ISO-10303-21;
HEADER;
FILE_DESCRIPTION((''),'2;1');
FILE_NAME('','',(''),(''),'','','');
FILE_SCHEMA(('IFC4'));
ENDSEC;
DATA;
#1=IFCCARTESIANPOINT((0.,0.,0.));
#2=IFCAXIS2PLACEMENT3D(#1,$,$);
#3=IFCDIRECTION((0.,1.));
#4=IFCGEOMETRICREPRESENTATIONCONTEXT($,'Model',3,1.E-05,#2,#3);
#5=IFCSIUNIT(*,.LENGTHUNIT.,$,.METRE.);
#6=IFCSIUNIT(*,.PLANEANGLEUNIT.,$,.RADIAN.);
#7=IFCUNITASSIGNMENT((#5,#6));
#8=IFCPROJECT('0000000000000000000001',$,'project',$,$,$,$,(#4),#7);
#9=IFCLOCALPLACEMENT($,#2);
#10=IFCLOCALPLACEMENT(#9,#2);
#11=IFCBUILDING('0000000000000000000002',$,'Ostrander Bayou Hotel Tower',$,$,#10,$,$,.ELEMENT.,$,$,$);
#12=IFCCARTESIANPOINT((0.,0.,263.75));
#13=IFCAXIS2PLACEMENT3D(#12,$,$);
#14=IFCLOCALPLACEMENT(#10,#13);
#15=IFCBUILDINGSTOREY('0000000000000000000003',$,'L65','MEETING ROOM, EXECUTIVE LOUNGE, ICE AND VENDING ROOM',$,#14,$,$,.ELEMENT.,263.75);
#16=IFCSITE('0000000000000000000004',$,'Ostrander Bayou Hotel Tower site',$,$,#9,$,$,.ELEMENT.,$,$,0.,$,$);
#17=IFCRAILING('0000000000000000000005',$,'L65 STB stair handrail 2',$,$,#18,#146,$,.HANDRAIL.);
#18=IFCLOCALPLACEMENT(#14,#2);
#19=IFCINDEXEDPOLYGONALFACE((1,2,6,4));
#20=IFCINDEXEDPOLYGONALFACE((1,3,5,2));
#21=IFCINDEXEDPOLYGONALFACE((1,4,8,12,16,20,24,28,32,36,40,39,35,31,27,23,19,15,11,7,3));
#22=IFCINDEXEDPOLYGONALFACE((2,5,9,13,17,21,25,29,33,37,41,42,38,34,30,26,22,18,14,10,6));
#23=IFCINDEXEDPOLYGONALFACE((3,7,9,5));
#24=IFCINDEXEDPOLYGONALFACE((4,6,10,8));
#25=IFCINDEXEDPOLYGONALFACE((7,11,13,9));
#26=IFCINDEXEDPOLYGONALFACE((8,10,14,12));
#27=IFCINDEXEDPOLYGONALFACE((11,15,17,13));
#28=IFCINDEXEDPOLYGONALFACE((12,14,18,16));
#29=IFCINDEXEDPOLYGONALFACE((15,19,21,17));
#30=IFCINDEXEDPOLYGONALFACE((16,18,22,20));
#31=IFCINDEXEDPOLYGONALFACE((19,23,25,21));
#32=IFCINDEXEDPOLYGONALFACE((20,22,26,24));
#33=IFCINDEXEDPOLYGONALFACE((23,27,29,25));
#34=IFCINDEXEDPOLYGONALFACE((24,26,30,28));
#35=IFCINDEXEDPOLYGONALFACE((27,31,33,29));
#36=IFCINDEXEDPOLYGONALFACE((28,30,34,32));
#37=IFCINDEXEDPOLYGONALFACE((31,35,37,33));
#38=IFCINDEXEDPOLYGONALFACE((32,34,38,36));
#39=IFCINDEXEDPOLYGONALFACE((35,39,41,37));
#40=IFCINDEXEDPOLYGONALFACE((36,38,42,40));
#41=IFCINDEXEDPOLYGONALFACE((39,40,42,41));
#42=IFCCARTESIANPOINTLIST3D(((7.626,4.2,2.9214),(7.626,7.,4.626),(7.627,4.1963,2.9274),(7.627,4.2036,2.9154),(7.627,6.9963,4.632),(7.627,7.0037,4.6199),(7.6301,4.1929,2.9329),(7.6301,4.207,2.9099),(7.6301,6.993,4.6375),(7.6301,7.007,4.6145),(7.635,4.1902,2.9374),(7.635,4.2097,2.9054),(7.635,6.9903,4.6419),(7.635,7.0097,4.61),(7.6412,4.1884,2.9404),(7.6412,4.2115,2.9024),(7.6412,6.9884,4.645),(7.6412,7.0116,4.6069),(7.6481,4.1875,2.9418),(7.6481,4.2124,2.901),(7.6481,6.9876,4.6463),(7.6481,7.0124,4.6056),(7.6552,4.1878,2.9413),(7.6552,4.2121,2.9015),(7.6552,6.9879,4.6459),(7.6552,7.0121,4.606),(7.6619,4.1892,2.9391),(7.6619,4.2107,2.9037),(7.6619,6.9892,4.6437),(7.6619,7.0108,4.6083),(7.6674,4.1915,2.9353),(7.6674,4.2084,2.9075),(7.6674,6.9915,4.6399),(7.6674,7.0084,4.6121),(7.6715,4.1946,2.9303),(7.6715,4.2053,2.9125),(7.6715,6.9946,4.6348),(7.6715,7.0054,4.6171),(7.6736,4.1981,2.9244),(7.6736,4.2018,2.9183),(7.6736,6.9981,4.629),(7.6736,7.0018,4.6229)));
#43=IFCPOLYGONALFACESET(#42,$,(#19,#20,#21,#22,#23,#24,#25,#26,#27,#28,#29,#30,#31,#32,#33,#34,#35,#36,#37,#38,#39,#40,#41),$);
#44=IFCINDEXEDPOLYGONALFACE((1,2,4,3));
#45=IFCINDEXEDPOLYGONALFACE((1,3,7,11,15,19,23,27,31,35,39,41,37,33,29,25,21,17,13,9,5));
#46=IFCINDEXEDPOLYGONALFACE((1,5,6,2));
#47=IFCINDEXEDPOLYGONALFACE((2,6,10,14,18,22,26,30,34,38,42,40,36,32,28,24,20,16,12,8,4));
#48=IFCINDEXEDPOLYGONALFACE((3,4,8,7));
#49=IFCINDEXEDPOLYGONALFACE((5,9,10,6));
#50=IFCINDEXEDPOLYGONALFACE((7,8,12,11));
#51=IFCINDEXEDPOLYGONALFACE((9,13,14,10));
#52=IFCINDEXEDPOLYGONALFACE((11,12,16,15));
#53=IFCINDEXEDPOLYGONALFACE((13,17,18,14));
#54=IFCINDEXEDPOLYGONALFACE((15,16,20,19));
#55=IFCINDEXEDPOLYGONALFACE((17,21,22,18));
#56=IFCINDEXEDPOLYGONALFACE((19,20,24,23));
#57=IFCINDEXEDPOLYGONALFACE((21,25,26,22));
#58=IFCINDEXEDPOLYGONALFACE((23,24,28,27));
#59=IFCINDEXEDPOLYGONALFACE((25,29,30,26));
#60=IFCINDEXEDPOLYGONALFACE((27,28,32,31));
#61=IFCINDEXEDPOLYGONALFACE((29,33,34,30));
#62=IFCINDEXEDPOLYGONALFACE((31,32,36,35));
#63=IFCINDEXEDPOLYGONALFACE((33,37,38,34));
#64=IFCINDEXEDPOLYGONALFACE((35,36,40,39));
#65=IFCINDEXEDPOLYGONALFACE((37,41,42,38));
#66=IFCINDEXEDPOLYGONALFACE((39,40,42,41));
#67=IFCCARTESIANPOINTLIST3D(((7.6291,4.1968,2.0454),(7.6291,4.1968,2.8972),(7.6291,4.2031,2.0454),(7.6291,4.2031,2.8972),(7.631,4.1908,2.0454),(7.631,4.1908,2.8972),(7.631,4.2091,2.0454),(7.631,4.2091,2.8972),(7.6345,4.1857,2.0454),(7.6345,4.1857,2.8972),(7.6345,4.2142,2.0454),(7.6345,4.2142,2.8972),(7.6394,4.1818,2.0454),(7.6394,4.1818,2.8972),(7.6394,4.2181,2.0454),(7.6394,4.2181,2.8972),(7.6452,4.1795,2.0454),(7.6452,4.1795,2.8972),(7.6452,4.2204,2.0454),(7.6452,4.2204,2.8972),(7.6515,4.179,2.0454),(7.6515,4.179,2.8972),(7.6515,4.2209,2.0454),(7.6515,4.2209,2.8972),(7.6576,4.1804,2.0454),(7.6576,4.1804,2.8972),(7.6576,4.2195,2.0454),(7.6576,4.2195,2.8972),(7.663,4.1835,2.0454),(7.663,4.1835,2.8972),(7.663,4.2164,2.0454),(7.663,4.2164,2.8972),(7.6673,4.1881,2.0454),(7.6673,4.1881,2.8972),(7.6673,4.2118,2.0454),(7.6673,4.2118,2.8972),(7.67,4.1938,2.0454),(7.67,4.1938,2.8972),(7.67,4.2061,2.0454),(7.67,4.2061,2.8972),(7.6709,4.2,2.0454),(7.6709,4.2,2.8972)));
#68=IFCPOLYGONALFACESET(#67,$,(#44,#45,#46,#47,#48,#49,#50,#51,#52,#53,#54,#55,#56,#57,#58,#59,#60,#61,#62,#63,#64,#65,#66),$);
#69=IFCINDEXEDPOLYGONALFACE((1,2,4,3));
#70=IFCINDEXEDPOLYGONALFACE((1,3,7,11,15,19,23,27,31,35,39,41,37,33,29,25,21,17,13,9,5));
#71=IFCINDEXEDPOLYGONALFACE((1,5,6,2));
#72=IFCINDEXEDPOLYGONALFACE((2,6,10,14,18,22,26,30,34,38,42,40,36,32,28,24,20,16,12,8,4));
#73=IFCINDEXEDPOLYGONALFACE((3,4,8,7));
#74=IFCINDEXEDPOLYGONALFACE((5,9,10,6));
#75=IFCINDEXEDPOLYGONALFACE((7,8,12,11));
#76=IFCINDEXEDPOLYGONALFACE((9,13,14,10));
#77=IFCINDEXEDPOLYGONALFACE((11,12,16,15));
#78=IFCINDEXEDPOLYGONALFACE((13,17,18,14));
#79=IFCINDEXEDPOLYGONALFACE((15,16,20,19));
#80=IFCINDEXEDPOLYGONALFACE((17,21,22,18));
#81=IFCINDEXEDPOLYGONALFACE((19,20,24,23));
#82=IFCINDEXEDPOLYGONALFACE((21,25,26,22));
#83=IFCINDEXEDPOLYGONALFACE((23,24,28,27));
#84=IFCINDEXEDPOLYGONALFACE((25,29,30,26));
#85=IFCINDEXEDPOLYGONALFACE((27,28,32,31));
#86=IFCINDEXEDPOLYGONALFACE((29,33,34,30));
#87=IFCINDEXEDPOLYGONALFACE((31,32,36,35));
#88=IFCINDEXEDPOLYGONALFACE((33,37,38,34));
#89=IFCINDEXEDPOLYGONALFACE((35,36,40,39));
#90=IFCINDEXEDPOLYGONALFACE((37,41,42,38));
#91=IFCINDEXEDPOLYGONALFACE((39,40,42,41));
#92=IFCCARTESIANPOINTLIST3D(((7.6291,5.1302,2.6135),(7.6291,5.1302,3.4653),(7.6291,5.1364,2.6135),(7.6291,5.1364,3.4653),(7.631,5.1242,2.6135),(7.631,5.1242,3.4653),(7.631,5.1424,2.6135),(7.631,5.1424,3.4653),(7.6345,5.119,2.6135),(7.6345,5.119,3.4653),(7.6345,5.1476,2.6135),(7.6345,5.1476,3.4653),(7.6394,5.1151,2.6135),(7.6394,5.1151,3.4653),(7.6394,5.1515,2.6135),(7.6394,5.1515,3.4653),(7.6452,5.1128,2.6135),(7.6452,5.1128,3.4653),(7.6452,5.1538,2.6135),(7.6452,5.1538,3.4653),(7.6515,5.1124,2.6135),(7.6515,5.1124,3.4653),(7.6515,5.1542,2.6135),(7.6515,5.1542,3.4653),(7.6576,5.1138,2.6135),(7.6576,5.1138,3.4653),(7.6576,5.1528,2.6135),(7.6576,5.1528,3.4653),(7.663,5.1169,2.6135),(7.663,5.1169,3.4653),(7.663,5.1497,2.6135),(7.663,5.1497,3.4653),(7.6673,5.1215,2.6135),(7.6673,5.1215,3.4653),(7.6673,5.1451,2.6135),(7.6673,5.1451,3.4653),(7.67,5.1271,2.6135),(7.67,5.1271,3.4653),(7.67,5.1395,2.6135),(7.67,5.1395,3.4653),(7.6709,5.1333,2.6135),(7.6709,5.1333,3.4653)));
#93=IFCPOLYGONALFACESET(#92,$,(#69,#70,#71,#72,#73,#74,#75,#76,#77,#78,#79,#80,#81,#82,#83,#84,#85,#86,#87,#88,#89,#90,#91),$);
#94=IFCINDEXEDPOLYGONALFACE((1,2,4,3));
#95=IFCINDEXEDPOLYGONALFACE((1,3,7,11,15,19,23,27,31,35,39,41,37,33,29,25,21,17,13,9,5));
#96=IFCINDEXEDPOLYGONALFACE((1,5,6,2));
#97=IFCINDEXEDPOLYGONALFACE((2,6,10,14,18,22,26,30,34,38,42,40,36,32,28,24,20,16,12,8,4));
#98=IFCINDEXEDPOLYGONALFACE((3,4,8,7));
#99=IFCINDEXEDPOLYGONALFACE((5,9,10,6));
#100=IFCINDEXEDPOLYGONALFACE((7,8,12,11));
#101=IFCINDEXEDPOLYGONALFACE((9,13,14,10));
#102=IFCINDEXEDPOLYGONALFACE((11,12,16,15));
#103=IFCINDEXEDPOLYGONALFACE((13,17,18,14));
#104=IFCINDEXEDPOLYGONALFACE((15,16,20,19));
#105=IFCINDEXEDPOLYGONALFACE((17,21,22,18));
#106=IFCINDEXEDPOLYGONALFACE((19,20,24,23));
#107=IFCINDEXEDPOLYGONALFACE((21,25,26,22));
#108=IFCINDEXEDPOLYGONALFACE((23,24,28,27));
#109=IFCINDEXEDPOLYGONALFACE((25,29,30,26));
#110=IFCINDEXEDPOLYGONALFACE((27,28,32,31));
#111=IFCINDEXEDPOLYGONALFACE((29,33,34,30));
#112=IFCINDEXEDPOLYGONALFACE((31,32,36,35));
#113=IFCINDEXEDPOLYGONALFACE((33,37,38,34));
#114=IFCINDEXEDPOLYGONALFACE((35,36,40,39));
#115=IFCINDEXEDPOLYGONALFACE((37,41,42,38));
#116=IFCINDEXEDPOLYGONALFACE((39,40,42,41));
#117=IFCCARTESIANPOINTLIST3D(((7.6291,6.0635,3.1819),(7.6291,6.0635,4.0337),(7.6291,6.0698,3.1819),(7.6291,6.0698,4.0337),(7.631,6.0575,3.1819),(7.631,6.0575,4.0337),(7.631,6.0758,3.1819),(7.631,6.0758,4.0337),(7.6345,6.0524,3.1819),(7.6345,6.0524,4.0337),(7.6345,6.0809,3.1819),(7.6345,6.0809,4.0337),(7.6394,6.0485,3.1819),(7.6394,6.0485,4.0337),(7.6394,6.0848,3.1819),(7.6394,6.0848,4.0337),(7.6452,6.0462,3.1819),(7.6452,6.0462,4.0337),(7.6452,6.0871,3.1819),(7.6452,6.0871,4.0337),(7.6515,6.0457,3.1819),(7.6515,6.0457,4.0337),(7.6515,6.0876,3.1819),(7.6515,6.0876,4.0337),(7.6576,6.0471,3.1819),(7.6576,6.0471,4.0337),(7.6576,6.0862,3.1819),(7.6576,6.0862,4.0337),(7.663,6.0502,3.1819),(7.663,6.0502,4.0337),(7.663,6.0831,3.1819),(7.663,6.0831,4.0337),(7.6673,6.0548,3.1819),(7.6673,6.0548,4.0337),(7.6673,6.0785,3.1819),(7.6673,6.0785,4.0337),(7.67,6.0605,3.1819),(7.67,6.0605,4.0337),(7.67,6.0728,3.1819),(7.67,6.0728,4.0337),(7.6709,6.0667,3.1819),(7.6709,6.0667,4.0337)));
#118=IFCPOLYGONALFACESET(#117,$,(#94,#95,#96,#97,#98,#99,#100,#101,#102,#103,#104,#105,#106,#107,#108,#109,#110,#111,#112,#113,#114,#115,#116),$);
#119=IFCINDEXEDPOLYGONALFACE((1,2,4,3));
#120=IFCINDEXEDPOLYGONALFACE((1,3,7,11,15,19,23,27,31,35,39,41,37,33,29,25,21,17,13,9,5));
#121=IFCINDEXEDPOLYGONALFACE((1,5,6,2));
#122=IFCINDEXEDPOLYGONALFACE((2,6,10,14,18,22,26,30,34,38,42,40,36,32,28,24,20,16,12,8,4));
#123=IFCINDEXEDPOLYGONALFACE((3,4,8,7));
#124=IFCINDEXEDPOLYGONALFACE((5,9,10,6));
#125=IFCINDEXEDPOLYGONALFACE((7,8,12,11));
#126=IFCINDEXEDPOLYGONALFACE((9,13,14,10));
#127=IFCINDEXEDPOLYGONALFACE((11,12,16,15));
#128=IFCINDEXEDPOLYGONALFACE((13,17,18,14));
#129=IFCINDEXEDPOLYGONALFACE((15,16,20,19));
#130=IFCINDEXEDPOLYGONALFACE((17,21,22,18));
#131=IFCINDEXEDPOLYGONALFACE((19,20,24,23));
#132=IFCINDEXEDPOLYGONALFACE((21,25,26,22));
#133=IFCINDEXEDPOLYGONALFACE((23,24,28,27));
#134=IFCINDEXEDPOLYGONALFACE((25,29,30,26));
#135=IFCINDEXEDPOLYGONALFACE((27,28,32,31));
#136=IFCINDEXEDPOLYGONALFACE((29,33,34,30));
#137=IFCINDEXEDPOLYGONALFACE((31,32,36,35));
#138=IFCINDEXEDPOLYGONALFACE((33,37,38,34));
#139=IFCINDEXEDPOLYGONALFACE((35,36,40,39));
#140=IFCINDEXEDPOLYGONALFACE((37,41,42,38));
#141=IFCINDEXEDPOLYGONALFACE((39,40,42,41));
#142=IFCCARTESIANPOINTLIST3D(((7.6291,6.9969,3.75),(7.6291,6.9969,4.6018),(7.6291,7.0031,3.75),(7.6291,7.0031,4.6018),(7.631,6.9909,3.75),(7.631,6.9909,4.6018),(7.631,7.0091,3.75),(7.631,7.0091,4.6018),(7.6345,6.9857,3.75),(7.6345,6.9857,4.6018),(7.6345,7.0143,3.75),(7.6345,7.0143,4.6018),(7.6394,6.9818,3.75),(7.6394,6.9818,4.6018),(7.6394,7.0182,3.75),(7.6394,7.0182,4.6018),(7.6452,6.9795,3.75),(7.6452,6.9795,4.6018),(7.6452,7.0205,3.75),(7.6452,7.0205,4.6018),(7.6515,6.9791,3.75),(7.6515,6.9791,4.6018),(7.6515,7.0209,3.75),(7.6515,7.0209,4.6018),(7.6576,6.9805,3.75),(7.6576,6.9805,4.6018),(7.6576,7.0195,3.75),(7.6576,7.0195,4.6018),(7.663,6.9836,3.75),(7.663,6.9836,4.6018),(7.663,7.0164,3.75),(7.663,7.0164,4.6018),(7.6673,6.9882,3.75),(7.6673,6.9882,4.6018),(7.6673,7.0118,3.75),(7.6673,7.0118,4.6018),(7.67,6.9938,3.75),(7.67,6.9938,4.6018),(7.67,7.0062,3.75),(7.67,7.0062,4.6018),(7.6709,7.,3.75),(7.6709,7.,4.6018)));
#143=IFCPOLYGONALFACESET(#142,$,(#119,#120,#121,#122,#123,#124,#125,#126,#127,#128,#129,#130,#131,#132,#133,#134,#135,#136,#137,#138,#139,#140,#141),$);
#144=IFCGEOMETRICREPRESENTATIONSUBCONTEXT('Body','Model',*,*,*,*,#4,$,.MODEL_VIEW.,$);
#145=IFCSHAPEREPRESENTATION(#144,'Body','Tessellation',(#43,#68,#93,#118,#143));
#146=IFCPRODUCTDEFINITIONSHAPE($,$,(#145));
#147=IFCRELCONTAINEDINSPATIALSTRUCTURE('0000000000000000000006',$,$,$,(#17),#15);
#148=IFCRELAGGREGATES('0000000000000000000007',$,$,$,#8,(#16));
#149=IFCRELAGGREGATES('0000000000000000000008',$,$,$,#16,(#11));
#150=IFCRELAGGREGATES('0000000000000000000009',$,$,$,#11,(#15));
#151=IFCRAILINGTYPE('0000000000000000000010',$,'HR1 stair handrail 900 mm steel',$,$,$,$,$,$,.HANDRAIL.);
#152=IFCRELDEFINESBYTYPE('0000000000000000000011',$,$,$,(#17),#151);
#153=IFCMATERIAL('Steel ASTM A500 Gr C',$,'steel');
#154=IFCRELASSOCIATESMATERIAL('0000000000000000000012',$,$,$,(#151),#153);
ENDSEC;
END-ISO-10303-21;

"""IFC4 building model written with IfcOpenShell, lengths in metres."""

from ifc_helpers import new_model, si_unit, direction, frame, origin, origin_2d, place, context, subcontext, project, spatial, circle, extrude, material, type_object, element, save


model = new_model("IFC4")

# Units and contexts
model_context = context("Model", 3, precision=1e-05, world=origin(), true_north=direction((0.0, 1.0)))
body_context = subcontext(model_context, "Body", "Model", "MODEL_VIEW")
ifc_project = project(units=[si_unit("LENGTHUNIT", "METRE"), si_unit("PLANEANGLEUNIT", "RADIAN")], contexts=[model_context])

# Site, building, storey
site_placement = place(None, origin())
site = spatial("IfcSite", under=ifc_project, at=site_placement, Name="Ostrander Bayou Hotel Tower site", CompositionType="ELEMENT", RefElevation=0.0)
building_placement = place(site_placement, origin())
building = spatial("IfcBuilding", under=site, at=building_placement, Name="Ostrander Bayou Hotel Tower", CompositionType="ELEMENT")
storey_placement = place(building_placement, frame((0.0, 0.0, 263.75)))
storey = spatial("IfcBuildingStorey", under=building, at=storey_placement, Name="L65", Description="MEETING ROOM, EXECUTIVE LOUNGE, ICE AND VENDING ROOM", CompositionType="ELEMENT", Elevation=263.75)

# Railing
ifc_material_1 = material(Name="Steel ASTM A500 Gr C", Category="steel")
railing_type_1 = type_object("IfcRailingType", Name="HR1 stair handrail 900 mm steel", PredefinedType="HANDRAIL", material=ifc_material_1)
railing_1_placement = place(storey_placement, frame((7.6499, 4.2, 2.0454)))
element("IfcRailing", 1, at=railing_1_placement, inside=storey, type_object=railing_type_1, Name="L65 STB stair handrail 2", PredefinedType="HANDRAIL", context=body_context, shape_type="SweptSolid", body=[
    extrude(circle(Radius=0.0239, at=origin_2d()), frame((0.0, 0.0, 0.876), z_axis=(0.0, 0.85417, 0.519994), x_axis=(-1.0, 0.0, 0.0)), (0.0, 0.0, 1.0), 3.2781),
    extrude(circle(Radius=0.021, at=origin_2d()), origin(), (0.0, 0.0, 1.0), 0.8518),
    extrude(circle(Radius=0.021, at=origin_2d()), frame((0.0, 0.9333, 0.5681)), (0.0, 0.0, 1.0), 0.8518),
    extrude(circle(Radius=0.021, at=origin_2d()), frame((0.0, 1.8667, 1.1365)), (0.0, 0.0, 1.0), 0.8518),
    extrude(circle(Radius=0.021, at=origin_2d()), frame((0.0, 2.8, 1.7046)), (0.0, 0.0, 1.0), 0.8518),
])

save(model, "model.ifc")
